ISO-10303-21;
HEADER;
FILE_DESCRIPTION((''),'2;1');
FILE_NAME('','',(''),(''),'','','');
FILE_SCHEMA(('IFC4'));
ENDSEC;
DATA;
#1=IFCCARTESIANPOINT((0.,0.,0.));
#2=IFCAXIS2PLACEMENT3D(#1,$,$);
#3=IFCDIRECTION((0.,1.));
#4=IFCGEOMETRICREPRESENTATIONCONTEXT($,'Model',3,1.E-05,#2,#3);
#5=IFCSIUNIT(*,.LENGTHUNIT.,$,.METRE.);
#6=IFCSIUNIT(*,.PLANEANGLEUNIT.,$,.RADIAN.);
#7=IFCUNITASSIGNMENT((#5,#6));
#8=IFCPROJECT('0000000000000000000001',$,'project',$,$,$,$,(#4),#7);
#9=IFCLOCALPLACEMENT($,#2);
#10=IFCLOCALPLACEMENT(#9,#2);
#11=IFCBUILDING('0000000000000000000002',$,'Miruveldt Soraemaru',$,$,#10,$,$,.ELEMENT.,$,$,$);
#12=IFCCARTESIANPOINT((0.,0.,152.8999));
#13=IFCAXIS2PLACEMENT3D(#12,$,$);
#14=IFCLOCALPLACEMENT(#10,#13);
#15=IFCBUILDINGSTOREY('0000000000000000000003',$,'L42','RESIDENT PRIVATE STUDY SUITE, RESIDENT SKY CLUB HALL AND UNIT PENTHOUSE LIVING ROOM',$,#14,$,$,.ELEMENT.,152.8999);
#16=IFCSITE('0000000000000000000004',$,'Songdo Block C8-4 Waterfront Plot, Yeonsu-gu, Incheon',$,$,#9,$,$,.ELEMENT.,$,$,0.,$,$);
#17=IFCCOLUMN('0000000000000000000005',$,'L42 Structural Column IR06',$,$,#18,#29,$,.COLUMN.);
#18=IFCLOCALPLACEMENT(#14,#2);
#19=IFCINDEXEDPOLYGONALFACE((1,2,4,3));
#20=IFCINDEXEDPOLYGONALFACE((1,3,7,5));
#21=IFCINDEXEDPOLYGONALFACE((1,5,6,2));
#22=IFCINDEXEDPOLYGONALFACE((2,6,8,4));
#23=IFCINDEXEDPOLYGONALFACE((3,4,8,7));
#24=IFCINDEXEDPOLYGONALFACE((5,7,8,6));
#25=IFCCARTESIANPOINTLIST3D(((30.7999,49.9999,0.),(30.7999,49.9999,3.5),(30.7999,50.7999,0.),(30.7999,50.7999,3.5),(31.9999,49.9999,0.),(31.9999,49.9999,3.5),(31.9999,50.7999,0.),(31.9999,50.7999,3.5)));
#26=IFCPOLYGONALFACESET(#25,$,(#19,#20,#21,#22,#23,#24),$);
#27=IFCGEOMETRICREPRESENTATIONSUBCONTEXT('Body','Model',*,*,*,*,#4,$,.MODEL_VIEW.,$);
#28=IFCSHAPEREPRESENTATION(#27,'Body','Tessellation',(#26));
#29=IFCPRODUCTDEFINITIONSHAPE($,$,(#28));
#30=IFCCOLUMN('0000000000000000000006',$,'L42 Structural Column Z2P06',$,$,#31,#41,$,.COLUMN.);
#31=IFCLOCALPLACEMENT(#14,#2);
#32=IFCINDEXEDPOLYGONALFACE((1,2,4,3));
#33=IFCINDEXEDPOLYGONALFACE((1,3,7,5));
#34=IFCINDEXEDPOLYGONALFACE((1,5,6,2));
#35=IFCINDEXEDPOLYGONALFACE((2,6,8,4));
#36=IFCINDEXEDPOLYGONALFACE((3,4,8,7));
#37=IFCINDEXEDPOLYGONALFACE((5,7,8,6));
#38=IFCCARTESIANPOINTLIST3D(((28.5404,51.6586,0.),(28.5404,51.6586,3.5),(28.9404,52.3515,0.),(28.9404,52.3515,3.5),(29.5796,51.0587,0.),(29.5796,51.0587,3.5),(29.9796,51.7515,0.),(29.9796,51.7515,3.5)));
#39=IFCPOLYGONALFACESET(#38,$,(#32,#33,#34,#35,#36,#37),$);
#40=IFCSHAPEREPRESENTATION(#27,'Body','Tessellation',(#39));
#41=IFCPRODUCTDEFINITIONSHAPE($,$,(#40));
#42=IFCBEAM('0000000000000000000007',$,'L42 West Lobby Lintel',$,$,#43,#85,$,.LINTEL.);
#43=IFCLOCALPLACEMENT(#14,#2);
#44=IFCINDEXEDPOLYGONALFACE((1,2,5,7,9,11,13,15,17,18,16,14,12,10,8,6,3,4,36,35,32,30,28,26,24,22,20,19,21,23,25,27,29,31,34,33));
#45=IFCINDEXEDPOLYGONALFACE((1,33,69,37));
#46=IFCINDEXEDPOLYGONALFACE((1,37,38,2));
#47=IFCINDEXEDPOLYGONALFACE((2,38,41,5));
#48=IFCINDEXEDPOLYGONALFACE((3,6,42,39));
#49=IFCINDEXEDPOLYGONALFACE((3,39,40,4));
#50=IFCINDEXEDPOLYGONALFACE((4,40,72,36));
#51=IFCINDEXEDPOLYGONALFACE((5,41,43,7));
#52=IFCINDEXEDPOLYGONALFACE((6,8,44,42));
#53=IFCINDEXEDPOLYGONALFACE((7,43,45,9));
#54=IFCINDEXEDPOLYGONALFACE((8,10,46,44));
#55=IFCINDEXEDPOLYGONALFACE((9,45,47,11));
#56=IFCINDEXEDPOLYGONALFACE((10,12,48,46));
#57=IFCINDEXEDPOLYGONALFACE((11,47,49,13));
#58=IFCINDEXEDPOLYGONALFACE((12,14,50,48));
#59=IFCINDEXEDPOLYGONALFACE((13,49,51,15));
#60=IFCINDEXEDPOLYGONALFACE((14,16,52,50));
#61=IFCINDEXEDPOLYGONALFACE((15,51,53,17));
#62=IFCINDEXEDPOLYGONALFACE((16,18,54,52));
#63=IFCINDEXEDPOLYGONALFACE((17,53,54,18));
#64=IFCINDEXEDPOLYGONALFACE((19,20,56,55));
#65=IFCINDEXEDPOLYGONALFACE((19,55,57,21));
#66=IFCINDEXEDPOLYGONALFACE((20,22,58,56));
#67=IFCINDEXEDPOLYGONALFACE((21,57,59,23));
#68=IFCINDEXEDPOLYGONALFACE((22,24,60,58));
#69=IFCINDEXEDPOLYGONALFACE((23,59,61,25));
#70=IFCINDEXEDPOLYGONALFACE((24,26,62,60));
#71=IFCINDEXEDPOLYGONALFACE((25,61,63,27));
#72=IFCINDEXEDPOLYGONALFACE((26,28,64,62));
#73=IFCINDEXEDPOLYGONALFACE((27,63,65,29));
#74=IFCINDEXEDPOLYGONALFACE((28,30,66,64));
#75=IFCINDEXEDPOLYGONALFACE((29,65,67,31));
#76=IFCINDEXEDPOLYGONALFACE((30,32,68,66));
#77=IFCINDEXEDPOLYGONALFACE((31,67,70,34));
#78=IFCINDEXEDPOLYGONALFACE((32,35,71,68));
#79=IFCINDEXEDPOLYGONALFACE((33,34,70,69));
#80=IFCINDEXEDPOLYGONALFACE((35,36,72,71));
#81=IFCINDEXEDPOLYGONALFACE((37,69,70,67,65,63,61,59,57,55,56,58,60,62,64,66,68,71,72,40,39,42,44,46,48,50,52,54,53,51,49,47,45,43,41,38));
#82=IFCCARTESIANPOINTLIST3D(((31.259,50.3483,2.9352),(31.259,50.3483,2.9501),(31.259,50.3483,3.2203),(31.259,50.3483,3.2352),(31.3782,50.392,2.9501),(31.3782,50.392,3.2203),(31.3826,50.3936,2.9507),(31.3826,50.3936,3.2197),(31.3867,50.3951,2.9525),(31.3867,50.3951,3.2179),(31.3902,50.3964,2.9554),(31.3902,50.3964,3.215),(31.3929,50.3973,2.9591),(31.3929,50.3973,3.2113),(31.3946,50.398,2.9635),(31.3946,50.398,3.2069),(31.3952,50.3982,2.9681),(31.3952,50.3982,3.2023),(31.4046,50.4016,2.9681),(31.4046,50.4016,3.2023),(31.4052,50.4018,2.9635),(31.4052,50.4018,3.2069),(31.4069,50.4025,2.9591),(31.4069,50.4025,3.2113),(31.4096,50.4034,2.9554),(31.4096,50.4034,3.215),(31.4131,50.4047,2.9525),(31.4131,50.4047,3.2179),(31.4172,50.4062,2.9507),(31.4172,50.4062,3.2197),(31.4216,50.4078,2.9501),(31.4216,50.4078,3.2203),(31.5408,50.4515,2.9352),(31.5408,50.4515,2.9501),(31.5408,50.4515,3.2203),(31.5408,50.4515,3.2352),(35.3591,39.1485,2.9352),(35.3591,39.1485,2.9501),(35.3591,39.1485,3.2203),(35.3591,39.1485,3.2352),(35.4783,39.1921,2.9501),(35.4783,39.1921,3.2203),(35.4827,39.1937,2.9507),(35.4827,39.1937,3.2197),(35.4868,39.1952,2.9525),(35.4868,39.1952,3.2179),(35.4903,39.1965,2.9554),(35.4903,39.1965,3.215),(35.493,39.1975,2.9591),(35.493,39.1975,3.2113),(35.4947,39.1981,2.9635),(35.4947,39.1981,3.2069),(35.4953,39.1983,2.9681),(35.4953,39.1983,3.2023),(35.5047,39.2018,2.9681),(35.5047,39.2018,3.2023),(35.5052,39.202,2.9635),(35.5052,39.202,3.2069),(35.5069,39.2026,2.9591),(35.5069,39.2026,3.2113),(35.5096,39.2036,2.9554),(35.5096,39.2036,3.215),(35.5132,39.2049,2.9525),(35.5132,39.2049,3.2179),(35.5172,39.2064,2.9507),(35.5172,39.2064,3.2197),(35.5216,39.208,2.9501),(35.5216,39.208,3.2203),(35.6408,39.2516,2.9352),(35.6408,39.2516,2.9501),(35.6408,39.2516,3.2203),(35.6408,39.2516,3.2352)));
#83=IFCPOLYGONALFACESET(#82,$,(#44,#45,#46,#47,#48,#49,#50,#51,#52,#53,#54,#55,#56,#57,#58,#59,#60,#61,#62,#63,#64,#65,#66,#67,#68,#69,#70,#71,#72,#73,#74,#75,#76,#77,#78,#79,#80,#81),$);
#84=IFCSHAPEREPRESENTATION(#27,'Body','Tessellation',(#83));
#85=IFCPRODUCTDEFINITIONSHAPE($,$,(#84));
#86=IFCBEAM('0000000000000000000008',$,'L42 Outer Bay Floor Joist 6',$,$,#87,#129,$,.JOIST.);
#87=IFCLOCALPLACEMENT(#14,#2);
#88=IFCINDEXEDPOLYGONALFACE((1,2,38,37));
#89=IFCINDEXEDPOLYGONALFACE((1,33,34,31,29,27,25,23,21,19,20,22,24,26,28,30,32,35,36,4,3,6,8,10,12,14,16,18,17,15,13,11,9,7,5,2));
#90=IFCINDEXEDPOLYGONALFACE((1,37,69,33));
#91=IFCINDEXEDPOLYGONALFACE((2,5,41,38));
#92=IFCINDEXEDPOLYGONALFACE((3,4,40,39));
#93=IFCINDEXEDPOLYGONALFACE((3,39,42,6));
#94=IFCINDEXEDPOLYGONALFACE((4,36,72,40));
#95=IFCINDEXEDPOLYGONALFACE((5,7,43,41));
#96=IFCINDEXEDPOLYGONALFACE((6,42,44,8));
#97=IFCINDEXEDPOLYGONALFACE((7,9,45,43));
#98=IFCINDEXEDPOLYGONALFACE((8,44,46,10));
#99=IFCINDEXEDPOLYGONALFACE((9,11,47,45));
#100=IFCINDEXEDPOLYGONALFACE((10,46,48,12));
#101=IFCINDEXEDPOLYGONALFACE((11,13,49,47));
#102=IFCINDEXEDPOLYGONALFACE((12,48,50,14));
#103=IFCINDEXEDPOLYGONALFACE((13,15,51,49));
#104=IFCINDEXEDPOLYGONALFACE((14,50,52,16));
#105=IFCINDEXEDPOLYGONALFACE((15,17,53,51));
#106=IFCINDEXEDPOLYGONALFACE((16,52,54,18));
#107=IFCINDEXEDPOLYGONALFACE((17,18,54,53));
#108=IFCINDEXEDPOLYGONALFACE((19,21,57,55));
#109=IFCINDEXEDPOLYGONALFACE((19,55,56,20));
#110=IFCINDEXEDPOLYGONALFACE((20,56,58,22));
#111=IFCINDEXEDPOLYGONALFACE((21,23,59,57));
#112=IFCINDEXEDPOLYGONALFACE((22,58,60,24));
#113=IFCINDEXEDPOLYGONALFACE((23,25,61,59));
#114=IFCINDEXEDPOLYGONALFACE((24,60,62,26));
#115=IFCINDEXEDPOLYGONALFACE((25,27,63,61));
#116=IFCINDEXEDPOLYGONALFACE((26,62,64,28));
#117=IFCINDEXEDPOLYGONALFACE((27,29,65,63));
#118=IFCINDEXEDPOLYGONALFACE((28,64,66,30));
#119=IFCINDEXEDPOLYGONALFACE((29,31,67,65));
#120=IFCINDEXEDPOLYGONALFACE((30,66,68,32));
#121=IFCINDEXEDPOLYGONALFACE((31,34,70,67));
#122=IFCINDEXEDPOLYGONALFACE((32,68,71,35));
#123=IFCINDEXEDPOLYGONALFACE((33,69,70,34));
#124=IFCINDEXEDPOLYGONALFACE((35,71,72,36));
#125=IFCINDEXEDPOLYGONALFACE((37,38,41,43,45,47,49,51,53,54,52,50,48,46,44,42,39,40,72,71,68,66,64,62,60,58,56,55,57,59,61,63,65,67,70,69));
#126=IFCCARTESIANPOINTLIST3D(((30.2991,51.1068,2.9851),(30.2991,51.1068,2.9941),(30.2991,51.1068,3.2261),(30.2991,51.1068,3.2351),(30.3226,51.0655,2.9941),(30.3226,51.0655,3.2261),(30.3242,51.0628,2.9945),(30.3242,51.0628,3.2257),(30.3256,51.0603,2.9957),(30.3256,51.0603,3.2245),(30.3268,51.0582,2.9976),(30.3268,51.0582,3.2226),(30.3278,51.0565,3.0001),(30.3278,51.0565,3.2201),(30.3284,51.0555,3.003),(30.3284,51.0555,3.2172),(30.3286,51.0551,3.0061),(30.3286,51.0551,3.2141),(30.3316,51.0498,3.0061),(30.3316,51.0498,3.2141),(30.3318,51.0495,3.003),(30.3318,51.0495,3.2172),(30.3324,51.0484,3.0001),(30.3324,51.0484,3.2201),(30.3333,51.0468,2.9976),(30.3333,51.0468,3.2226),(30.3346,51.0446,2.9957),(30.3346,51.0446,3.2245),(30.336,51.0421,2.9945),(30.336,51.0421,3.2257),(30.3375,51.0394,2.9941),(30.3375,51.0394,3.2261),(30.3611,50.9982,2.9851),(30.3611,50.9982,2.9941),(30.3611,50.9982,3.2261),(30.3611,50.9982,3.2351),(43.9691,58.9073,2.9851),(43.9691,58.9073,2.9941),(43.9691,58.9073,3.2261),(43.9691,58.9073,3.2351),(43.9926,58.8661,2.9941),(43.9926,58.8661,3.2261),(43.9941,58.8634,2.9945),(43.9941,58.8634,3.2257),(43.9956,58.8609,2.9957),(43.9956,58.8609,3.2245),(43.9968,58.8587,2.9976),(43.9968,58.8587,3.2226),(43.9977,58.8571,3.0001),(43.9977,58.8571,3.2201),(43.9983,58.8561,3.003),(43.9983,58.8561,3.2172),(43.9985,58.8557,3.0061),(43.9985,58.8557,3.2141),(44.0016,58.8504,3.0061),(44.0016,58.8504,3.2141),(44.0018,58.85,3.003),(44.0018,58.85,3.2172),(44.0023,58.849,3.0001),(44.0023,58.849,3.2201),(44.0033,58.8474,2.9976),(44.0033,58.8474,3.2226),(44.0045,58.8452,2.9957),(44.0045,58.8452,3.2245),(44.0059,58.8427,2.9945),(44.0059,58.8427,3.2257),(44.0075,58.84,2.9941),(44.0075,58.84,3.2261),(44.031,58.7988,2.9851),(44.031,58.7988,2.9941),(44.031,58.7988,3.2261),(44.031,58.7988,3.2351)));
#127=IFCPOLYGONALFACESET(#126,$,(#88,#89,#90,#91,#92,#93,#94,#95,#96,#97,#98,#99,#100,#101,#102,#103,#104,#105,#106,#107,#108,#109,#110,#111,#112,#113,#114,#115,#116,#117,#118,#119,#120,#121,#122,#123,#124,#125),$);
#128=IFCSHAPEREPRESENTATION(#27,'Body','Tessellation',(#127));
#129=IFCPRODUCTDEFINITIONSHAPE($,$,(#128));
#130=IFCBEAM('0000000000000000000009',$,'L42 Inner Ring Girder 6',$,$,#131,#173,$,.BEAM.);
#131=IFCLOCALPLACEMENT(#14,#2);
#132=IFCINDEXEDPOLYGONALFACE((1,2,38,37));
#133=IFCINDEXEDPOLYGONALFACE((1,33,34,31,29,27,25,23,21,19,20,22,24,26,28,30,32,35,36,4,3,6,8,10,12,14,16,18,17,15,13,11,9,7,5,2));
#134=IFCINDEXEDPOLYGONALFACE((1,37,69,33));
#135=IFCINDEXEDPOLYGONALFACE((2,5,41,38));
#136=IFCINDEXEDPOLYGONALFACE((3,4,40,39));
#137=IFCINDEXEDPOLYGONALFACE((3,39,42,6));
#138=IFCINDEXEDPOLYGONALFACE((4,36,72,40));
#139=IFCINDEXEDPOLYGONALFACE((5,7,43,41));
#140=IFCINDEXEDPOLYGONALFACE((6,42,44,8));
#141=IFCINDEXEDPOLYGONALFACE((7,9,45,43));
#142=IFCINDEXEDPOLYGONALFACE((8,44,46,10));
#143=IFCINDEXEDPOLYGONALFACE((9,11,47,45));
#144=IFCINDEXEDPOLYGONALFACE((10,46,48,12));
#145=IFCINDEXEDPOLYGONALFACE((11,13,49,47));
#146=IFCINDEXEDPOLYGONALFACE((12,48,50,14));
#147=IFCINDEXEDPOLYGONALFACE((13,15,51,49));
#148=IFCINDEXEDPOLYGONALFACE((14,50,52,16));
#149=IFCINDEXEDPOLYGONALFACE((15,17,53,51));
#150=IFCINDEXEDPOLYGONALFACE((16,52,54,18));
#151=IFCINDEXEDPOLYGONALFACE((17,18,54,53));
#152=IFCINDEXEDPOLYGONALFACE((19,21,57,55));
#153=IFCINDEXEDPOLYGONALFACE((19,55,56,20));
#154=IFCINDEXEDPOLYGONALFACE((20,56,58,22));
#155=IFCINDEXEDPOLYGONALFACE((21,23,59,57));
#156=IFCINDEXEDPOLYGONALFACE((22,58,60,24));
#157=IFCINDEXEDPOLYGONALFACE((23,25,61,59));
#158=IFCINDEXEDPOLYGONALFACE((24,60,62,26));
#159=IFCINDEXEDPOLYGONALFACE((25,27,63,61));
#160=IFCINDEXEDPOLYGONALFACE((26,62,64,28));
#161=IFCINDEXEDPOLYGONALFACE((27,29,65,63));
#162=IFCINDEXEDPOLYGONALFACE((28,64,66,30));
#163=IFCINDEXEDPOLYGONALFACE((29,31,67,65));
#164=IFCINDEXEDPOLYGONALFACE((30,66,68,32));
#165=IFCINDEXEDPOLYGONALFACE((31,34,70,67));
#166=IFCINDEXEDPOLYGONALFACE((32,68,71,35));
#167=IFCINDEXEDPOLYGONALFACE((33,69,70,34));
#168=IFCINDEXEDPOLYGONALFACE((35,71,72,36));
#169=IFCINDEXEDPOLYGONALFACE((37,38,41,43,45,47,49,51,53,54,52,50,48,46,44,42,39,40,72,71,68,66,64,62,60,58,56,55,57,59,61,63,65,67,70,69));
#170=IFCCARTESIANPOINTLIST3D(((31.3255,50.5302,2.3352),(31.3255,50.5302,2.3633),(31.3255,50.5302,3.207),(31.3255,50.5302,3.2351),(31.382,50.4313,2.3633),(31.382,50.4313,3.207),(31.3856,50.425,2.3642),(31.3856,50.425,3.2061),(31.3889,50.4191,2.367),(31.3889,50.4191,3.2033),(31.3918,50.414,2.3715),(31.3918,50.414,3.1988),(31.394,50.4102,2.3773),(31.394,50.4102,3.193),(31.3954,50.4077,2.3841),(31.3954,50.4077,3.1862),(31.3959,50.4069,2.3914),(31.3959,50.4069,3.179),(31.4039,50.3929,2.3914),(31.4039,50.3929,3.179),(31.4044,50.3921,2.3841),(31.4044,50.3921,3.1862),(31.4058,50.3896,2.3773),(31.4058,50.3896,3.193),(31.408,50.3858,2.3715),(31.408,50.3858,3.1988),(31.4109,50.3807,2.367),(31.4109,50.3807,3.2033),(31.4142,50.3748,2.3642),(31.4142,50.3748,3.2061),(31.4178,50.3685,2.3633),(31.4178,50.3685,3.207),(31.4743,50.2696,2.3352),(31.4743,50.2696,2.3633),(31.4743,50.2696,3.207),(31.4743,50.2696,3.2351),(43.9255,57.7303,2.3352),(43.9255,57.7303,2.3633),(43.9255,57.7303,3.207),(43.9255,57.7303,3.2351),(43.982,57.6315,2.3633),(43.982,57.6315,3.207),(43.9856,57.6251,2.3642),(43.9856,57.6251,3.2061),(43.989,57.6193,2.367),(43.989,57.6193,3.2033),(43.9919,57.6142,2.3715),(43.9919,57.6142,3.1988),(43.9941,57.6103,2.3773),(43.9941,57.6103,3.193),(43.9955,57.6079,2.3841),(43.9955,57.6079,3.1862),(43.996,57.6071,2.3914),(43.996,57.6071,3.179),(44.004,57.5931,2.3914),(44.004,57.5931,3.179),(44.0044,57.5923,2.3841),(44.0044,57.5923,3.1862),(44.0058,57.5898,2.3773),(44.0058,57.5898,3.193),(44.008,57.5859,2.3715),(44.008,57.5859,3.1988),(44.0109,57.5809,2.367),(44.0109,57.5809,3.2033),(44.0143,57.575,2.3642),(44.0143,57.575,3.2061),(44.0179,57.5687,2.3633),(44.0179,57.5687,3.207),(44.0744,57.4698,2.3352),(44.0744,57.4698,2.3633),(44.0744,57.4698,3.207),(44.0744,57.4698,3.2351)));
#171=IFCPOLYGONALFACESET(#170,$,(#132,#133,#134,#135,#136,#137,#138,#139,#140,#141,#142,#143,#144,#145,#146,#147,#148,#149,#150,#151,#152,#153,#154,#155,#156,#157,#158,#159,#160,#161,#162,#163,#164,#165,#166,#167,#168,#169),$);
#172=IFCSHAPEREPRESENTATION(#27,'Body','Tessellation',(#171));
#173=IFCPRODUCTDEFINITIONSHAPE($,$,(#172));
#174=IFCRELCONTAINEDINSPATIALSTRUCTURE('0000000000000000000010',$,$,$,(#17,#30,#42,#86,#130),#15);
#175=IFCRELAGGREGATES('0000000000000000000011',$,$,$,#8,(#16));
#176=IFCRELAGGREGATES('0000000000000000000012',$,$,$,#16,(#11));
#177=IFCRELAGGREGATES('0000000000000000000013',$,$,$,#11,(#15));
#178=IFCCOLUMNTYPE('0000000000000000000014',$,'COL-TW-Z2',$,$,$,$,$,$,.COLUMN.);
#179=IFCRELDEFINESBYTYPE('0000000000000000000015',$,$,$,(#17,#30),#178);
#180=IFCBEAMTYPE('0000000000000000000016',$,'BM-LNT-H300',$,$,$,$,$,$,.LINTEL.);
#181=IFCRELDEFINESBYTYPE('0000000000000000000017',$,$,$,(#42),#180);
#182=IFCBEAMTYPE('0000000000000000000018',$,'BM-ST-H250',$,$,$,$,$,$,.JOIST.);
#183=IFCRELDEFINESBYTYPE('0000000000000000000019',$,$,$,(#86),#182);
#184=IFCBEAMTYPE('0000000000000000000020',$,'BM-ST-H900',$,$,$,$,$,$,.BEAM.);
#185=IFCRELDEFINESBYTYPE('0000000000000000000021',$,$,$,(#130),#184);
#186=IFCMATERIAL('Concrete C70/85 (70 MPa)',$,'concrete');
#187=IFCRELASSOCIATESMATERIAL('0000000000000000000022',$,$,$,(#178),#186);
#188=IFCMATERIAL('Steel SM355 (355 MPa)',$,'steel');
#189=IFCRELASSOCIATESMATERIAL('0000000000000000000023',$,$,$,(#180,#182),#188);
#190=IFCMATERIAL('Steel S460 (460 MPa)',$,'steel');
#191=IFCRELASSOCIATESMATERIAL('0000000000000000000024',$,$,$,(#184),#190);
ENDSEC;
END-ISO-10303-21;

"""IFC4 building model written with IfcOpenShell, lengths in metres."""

from ifc_helpers import new_model, si_unit, direction, frame, origin, origin_2d, place, context, subcontext, project, spatial, rectangle, i_section, extrude, material, material_profile, profile_set, type_object, element, save


model = new_model("IFC4")

# Units and contexts
model_context = context("Model", 3, precision=1e-05, world=origin(), true_north=direction((0.0, 1.0)))
body_context = subcontext(model_context, "Body", "Model", "MODEL_VIEW")
ifc_project = project(units=[si_unit("LENGTHUNIT", "METRE"), si_unit("PLANEANGLEUNIT", "RADIAN")], contexts=[model_context])

# Site, building, storey
site_placement = place(None, origin())
site = spatial("IfcSite", under=ifc_project, at=site_placement, Name="Songdo Block C8-4 Waterfront Plot, Yeonsu-gu, Incheon", CompositionType="ELEMENT", RefElevation=0.0)
building_placement = place(site_placement, origin())
building = spatial("IfcBuilding", under=site, at=building_placement, Name="Miruveldt Soraemaru", CompositionType="ELEMENT")
storey_placement = place(building_placement, frame((0.0, 0.0, 152.8999)))
storey = spatial("IfcBuildingStorey", under=building, at=storey_placement, Name="L42", Description="RESIDENT PRIVATE STUDY SUITE, RESIDENT SKY CLUB HALL AND UNIT PENTHOUSE LIVING ROOM", CompositionType="ELEMENT", Elevation=152.8999)

# Columns
ifc_material_1 = material(Name="Concrete C70/85 (70 MPa)", Category="concrete")
ifc_material_profile_1 = material_profile(ifc_material_1, rectangle(XDim=1.2, YDim=0.8, at=origin_2d()), Name="Concrete C70/85 (70 MPa)", Category="concrete")
ifc_profile_set_1 = profile_set([ifc_material_profile_1], Name="Concrete C70/85 (70 MPa)")
column_type = type_object("IfcColumnType", Name="COL-TW-Z2", PredefinedType="COLUMN", material=ifc_profile_set_1)
for number, where, z_axis, x_axis, name in (
    (1, (31.3999, 50.3999, 0.0), (0.0, 0.0, 1.0), (1.0, 0.0, 0.0), "L42 Structural Column IR06"),
    (2, (29.26, 51.7051, 0.0), (0.0, 0.0, 1.0), (-0.866025, 0.5, 0.0), "L42 Structural Column Z2P06"),
):
    element("IfcColumn", number, at=place(storey_placement, frame(where, z_axis=z_axis, x_axis=x_axis)), inside=storey, type_object=column_type, Name=name, PredefinedType="COLUMN", context=body_context, shape_type="SweptSolid", body=[
        extrude(rectangle(XDim=1.2, YDim=0.8, at=origin_2d()), origin(), (0.0, 0.0, 1.0), 3.5),
    ])

# Beams
ifc_material_2 = material(Name="Steel SM355 (355 MPa)", Category="steel")
ifc_material_profile_2 = material_profile(ifc_material_2, i_section(OverallWidth=0.3, OverallDepth=0.3, WebThickness=0.01, FlangeThickness=0.0149, FilletRadius=0.0181, at=origin_2d()), Name="Steel SM355 (355 MPa)", Category="steel")
ifc_profile_set_2 = profile_set([ifc_material_profile_2], Name="Steel SM355 (355 MPa)")
beam_type_1 = type_object("IfcBeamType", Name="BM-LNT-H300", PredefinedType="LINTEL", material=ifc_profile_set_2)
beam_1_placement = place(storey_placement, frame((31.3999, 50.3999, 3.0852), z_axis=(0.34377, -0.939054, 0.0), x_axis=(0.939054, 0.34377, 0.0)))
element("IfcBeam", 3, at=beam_1_placement, inside=storey, type_object=beam_type_1, Name="L42 West Lobby Lintel", PredefinedType="LINTEL", context=body_context, shape_type="SweptSolid", body=[
    extrude(i_section(OverallWidth=0.3, OverallDepth=0.3, WebThickness=0.01, FlangeThickness=0.0149, FilletRadius=0.0181, at=origin_2d()), origin(), (0.0, 0.0, 1.0), 11.9268),
])
ifc_material_profile_3 = material_profile(ifc_material_2, i_section(OverallWidth=0.125, OverallDepth=0.25, WebThickness=0.0061, FlangeThickness=0.009, FilletRadius=0.012, at=origin_2d()), Name="Steel SM355 (355 MPa)", Category="steel")
ifc_profile_set_3 = profile_set([ifc_material_profile_3], Name="Steel SM355 (355 MPa)")
beam_type_2 = type_object("IfcBeamType", Name="BM-ST-H250", PredefinedType="JOIST", material=ifc_profile_set_3)
beam_2_placement = place(storey_placement, frame((30.3301, 51.0525, 3.1101), z_axis=(0.86854, 0.495619, 0.0), x_axis=(-0.495619, 0.86854, 0.0)))
element("IfcBeam", 4, at=beam_2_placement, inside=storey, type_object=beam_type_2, Name="L42 Outer Bay Floor Joist 6", PredefinedType="JOIST", context=body_context, shape_type="SweptSolid", body=[
    extrude(i_section(OverallWidth=0.125, OverallDepth=0.25, WebThickness=0.0061, FlangeThickness=0.009, FilletRadius=0.012, at=origin_2d()), origin(), (0.0, 0.0, 1.0), 15.739),
])
ifc_material_3 = material(Name="Steel S460 (460 MPa)", Category="steel")
ifc_material_profile_4 = material_profile(ifc_material_3, i_section(OverallWidth=0.3, OverallDepth=0.8999, WebThickness=0.0161, FlangeThickness=0.0281, FilletRadius=0.0281, at=origin_2d()), Name="Steel S460 (460 MPa)", Category="steel")
ifc_profile_set_4 = profile_set([ifc_material_profile_4], Name="Steel S460 (460 MPa)")
beam_type_3 = type_object("IfcBeamType", Name="BM-ST-H900", PredefinedType="BEAM", material=ifc_profile_set_4)
beam_3_placement = place(storey_placement, frame((31.3999, 50.3999, 2.7852), z_axis=(0.868239, 0.496146, 0.0), x_axis=(-0.496146, 0.868239, 0.0)))
element("IfcBeam", 5, at=beam_3_placement, inside=storey, type_object=beam_type_3, Name="L42 Inner Ring Girder 6", PredefinedType="BEAM", context=body_context, shape_type="SweptSolid", body=[
    extrude(i_section(OverallWidth=0.3, OverallDepth=0.8999, WebThickness=0.0161, FlangeThickness=0.0281, FilletRadius=0.0281, at=origin_2d()), origin(), (0.0, 0.0, 1.0), 14.5122),
])

save(model, "model.ifc")
